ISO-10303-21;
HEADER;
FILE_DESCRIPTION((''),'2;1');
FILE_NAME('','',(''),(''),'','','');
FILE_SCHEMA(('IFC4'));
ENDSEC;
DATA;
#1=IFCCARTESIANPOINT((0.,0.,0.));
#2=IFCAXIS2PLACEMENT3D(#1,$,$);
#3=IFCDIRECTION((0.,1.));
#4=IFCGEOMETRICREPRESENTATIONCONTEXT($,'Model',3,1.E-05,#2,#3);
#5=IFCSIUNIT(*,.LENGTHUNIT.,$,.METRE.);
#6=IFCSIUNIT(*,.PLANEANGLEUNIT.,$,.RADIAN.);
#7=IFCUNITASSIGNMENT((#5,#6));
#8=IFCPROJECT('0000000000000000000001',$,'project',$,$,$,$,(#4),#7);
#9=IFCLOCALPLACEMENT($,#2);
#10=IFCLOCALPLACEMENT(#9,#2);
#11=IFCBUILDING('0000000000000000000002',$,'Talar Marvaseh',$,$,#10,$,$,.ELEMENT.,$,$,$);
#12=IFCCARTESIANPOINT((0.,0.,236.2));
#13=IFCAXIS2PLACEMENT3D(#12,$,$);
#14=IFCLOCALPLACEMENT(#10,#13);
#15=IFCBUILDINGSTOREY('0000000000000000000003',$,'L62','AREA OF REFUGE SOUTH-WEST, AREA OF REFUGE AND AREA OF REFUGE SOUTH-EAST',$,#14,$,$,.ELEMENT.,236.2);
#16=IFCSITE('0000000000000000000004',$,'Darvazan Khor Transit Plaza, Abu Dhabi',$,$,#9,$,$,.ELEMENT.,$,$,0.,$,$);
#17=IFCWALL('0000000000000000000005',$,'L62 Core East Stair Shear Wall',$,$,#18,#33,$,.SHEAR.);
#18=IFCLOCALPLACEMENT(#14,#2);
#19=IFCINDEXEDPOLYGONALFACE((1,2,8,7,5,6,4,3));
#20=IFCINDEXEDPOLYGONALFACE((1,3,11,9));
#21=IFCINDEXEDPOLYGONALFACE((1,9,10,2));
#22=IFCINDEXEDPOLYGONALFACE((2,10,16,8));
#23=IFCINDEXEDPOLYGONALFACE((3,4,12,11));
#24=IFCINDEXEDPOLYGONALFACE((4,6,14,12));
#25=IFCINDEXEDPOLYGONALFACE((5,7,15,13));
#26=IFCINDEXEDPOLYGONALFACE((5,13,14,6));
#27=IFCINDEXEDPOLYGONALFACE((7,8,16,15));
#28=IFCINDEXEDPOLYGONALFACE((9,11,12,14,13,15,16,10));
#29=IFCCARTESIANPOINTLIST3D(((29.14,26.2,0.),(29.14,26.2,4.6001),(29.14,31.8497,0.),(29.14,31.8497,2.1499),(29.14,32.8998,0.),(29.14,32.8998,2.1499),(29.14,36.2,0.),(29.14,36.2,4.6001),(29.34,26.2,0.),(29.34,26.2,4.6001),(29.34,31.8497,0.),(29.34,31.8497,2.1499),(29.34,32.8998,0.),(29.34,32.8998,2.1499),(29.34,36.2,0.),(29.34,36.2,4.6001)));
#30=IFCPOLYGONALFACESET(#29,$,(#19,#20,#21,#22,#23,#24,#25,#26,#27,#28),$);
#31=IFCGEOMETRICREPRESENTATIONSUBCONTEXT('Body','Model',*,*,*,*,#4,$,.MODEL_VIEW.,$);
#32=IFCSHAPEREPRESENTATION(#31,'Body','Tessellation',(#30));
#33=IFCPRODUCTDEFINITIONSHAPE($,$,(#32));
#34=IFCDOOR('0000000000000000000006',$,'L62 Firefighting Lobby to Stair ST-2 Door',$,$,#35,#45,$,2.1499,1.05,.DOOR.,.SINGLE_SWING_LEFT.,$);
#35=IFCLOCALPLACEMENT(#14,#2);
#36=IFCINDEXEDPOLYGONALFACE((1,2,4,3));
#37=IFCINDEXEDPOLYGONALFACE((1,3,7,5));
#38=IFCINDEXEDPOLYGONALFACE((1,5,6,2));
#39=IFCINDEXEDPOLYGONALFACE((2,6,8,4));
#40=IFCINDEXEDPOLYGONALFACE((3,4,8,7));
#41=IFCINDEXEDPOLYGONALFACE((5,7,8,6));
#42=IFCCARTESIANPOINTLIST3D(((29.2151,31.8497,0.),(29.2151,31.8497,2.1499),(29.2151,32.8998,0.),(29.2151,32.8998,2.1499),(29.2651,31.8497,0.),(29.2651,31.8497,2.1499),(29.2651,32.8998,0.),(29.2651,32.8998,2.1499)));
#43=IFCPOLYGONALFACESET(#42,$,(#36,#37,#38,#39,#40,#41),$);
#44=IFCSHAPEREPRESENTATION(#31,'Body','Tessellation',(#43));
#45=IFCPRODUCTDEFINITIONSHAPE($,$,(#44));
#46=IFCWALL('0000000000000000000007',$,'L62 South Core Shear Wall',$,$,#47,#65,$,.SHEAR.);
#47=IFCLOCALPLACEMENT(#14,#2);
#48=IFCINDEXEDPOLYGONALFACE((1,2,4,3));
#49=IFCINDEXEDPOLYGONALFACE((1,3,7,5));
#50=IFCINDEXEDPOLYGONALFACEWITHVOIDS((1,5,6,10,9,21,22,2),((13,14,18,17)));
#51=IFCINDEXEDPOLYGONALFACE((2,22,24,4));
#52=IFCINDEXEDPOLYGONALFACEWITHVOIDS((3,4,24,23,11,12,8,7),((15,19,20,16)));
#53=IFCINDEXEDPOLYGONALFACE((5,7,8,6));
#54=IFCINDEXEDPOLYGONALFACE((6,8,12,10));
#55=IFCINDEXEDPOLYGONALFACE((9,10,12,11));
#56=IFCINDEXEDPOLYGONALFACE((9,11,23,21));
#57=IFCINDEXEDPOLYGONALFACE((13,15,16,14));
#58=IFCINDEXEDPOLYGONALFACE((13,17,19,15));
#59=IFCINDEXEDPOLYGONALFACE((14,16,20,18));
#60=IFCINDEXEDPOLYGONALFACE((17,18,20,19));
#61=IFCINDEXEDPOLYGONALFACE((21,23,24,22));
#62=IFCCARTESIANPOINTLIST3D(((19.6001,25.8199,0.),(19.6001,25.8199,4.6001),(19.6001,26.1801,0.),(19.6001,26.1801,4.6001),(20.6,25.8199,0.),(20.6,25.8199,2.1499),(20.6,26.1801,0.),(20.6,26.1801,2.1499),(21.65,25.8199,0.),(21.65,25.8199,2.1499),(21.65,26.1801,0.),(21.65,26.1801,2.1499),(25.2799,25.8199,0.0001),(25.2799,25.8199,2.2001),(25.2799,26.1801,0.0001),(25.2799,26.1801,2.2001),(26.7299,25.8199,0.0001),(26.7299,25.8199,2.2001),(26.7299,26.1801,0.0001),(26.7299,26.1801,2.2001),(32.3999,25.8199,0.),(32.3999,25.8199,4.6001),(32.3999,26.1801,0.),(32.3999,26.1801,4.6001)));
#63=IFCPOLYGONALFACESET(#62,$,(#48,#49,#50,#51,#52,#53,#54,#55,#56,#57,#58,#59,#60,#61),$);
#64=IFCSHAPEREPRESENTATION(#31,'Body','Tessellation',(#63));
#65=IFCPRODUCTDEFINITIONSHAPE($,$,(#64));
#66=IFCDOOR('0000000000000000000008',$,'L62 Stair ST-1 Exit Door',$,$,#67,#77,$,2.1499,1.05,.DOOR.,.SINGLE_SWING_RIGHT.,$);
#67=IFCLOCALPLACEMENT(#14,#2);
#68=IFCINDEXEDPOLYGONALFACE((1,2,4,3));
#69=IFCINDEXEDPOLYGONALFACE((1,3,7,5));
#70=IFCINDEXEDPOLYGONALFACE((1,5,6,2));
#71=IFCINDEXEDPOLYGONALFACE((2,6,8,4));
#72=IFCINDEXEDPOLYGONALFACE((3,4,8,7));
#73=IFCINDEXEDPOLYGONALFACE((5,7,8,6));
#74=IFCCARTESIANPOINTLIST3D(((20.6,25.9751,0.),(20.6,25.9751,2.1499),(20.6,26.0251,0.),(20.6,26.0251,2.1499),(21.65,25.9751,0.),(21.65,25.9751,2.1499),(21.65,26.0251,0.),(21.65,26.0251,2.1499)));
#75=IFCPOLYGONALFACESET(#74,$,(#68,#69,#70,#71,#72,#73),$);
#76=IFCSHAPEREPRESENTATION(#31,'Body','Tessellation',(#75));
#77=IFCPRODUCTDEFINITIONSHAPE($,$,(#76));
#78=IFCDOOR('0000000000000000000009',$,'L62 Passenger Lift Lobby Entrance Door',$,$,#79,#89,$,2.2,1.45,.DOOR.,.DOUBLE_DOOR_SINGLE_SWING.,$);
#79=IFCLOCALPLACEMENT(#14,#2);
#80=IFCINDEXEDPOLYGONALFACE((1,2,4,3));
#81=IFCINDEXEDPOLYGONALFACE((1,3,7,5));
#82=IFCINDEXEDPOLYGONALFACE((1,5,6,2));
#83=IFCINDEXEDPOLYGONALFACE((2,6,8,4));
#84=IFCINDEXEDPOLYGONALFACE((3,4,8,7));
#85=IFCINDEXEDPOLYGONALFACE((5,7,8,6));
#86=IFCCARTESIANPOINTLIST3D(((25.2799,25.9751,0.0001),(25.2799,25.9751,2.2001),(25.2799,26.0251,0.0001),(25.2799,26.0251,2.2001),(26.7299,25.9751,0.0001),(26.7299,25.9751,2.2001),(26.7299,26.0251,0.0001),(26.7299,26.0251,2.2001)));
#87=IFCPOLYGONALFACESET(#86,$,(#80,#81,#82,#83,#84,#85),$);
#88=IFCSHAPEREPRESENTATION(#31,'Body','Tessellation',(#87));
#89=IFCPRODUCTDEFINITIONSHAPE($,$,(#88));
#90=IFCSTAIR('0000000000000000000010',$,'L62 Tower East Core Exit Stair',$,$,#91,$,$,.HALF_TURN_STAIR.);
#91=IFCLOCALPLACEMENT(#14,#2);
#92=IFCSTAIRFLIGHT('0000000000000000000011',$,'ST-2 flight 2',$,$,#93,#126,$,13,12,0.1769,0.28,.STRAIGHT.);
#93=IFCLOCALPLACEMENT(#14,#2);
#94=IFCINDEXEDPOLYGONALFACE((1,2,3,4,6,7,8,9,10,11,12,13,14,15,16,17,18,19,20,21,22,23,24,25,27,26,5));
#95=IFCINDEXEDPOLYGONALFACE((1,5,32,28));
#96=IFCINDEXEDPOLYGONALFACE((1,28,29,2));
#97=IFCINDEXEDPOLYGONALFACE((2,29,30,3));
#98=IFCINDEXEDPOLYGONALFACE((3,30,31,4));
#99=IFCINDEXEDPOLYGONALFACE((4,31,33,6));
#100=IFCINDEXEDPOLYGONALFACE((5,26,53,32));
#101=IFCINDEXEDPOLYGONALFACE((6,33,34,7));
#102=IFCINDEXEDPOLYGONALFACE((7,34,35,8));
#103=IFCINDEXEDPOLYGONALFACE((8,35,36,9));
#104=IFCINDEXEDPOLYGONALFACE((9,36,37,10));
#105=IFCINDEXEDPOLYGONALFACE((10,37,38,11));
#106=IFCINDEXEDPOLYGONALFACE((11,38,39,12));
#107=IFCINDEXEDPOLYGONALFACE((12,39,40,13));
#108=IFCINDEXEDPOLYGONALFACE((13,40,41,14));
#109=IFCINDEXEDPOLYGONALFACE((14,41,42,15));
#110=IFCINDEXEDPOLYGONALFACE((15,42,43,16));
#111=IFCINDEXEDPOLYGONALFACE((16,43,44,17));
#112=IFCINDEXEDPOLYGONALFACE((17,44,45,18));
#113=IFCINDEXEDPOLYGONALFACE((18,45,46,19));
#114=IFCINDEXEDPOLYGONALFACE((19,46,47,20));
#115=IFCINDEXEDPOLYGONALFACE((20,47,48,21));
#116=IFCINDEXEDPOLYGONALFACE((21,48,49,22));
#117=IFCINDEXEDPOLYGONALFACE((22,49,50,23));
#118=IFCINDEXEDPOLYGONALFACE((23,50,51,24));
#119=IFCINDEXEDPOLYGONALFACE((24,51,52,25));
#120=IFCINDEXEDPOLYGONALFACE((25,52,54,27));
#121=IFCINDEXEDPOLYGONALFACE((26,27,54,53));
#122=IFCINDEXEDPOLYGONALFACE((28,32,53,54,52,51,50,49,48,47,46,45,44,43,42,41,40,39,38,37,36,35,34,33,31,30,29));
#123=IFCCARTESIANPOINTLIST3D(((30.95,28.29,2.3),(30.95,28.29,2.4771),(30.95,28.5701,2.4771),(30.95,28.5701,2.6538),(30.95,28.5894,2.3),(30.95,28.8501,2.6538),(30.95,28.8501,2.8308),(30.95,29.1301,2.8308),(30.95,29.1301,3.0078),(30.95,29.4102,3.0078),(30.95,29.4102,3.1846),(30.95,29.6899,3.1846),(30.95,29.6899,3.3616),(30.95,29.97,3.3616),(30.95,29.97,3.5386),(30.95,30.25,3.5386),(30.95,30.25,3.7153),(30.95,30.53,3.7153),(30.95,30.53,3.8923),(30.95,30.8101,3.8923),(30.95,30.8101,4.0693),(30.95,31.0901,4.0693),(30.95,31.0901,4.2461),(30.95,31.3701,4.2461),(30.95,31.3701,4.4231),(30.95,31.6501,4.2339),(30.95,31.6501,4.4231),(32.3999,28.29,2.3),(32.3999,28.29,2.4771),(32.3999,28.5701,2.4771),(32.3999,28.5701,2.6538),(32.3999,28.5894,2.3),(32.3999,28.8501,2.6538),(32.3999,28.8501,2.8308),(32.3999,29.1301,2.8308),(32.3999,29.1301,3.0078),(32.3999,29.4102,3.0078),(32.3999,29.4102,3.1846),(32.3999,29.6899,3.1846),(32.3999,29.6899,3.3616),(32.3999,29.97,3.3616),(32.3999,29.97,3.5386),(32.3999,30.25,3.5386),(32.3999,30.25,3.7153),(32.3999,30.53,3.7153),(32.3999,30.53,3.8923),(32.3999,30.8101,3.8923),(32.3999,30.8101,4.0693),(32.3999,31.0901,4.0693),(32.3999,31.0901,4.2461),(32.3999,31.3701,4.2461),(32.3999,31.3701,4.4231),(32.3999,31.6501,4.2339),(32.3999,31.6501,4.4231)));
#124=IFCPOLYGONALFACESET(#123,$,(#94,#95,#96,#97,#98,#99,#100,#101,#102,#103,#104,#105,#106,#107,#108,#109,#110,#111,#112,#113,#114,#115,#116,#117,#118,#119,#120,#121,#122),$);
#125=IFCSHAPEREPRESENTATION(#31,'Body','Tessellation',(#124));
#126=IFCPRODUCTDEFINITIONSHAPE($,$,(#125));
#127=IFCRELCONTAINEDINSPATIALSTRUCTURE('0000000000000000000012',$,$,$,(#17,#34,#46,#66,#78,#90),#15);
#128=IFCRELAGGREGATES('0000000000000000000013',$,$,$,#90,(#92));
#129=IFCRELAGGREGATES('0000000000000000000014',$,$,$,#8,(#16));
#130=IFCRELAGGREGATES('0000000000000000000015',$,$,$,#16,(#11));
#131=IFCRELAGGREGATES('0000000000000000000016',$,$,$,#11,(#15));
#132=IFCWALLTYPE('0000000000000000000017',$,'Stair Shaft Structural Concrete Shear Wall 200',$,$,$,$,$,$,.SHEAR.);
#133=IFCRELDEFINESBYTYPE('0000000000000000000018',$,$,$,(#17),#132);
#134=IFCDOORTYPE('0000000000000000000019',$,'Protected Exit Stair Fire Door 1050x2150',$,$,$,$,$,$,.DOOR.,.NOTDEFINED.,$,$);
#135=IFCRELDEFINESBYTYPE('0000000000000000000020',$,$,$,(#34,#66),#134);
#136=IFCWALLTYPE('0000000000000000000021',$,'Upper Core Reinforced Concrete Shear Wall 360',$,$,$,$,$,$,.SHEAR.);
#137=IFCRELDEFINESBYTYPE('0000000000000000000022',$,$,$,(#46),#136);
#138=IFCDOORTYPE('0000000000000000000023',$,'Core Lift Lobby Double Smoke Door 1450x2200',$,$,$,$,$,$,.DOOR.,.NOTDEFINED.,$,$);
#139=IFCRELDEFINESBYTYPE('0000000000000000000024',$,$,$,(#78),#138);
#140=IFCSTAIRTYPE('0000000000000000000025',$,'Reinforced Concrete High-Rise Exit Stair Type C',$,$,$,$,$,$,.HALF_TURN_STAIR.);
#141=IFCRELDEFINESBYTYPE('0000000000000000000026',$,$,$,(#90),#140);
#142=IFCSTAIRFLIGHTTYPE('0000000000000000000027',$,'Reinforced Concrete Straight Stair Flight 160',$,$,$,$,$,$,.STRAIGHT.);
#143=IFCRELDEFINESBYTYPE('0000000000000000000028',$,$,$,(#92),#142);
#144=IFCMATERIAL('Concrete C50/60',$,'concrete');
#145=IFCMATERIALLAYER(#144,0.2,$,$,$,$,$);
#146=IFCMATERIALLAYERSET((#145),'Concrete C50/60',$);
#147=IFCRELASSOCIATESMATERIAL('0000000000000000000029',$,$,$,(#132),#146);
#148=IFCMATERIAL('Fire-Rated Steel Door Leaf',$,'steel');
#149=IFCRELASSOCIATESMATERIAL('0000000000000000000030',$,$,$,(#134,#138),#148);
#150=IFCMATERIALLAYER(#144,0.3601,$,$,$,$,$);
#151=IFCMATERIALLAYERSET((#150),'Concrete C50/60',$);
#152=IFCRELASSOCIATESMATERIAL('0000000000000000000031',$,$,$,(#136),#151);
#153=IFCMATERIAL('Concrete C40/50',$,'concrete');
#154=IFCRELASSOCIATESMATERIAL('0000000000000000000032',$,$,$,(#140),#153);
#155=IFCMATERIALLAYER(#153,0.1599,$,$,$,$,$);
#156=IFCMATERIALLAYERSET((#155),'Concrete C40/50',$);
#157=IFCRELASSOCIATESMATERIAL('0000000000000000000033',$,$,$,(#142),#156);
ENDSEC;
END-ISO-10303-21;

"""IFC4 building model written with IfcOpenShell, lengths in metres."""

from ifc_helpers import new_model, si_unit, direction, frame, frame_2d, origin, place, context, subcontext, project, spatial, polyline, rectangle, outline, extrude, source, transform, mapped, material, layer, layer_set, type_object, type_shapes, element, fill, aggregate, save


model = new_model("IFC4")

# Units and contexts
model_context = context("Model", 3, precision=1e-05, world=origin(), true_north=direction((0.0, 1.0)))
body_context = subcontext(model_context, "Body", "Model", "MODEL_VIEW")
ifc_project = project(units=[si_unit("LENGTHUNIT", "METRE"), si_unit("PLANEANGLEUNIT", "RADIAN")], contexts=[model_context])

# Site, building, storey
site_placement = place(None, origin())
site = spatial("IfcSite", under=ifc_project, at=site_placement, Name="Darvazan Khor Transit Plaza, Abu Dhabi", CompositionType="ELEMENT", RefElevation=0.0)
building_placement = place(site_placement, origin())
building = spatial("IfcBuilding", under=site, at=building_placement, Name="Talar Marvaseh", CompositionType="ELEMENT")
storey_placement = place(building_placement, frame((0.0, 0.0, 236.2)))
storey = spatial("IfcBuildingStorey", under=building, at=storey_placement, Name="L62", Description="AREA OF REFUGE SOUTH-WEST, AREA OF REFUGE AND AREA OF REFUGE SOUTH-EAST", CompositionType="ELEMENT", Elevation=236.2)

# Shared definitions
ifc_material_1 = material(Name="Concrete C40/50", Category="concrete")

# Shared definitions
ifc_material_2 = material(Name="Concrete C50/60", Category="concrete")
ifc_layer_1 = layer(ifc_material_2, 0.2)
ifc_layer_set_1 = layer_set([ifc_layer_1], Name="Concrete C50/60")
wall_type_1 = type_object("IfcWallType", Name="Stair Shaft Structural Concrete Shear Wall 200", PredefinedType="SHEAR", material=ifc_layer_set_1)

# Wall, opening, door
wall_1_placement = place(storey_placement, frame((29.24, 26.2, 0.0), z_axis=(0.0, 0.0, 1.0), x_axis=(0.0, 1.0, 0.0)))
wall_1 = element("IfcWall", 1, at=wall_1_placement, inside=storey, type_object=wall_type_1, Name="L62 Core East Stair Shear Wall", PredefinedType="SHEAR", context=body_context, shape_type="SweptSolid", body=[
    extrude(rectangle(XDim=10.0, YDim=0.2, at=frame_2d((5.0, 0.0))), origin(), (0.0, 0.0, 1.0), 4.6001),
])
opening_1_placement = place(wall_1_placement, frame((5.6499, 0.0, 0.0)))
opening_1 = element("IfcOpeningElement", 2, at=opening_1_placement, cuts=wall_1, PredefinedType="OPENING", context=body_context, shape_type="SweptSolid", body=[
    extrude(rectangle(XDim=1.05, YDim=2.1499, at=frame_2d((0.5249, 1.075))), frame((0.0, 0.1099, 0.0), z_axis=(0.0, -1.0, 0.0), x_axis=(1.0, 0.0, 0.0)), (0.0, 0.0, 1.0), 0.22),
])
ifc_material_3 = material(Name="Fire-Rated Steel Door Leaf", Category="steel")
door_type_1 = type_object("IfcDoorType", Name="Protected Exit Stair Fire Door 1050x2150", OperationType="NOTDEFINED", PredefinedType="DOOR", material=ifc_material_3)
shared_shape_1 = source(origin(), body_context, "Body", "SweptSolid", [
    extrude(rectangle(XDim=1.05, YDim=2.1499, at=frame_2d((0.5249, 1.075))), frame((0.0, 0.0249, 0.0), z_axis=(0.0, -1.0, 0.0), x_axis=(1.0, 0.0, 0.0)), (0.0, 0.0, 1.0), 0.05),
])
type_shapes(door_type_1, [shared_shape_1])
door_1_placement = place(opening_1_placement, origin())
door_1 = element("IfcDoor", 3, at=door_1_placement, inside=storey, type_object=door_type_1, Name="L62 Firefighting Lobby to Stair ST-2 Door", OperationType="SINGLE_SWING_LEFT", OverallHeight=2.1499, OverallWidth=1.05, PredefinedType="DOOR", context=body_context, shape_type="MappedRepresentation", body=[
    mapped(shared_shape_1, transform((0.0, 0.0, 0.0), x_axis=(1.0, 0.0, 0.0), y_axis=(0.0, 1.0, 0.0), z_axis=(0.0, 0.0, 1.0), scale=1.0)),
])
fill(opening_1, door_1)

# Wall, openings, doors
ifc_layer_2 = layer(ifc_material_2, 0.3601)
ifc_layer_set_2 = layer_set([ifc_layer_2], Name="Concrete C50/60")
wall_type_2 = type_object("IfcWallType", Name="Upper Core Reinforced Concrete Shear Wall 360", PredefinedType="SHEAR", material=ifc_layer_set_2)
wall_2_placement = place(storey_placement, frame((32.3999, 26.0, 0.0), z_axis=(0.0, 0.0, 1.0), x_axis=(-1.0, 0.0, 0.0)))
wall_2 = element("IfcWall", 4, at=wall_2_placement, inside=storey, type_object=wall_type_2, Name="L62 South Core Shear Wall", PredefinedType="SHEAR", context=body_context, shape_type="SweptSolid", body=[
    extrude(rectangle(XDim=12.7998, YDim=0.3601, at=frame_2d((6.3999, 0.0))), origin(), (0.0, 0.0, 1.0), 4.6001),
])
opening_2_placement = place(wall_2_placement, frame((10.75, 0.0, 0.0)))
opening_2 = element("IfcOpeningElement", 5, at=opening_2_placement, cuts=wall_2, PredefinedType="OPENING", context=body_context, shape_type="SweptSolid", body=[
    extrude(rectangle(XDim=1.05, YDim=2.1499, at=frame_2d((0.5249, 1.075))), frame((0.0, 0.1899, 0.0), z_axis=(0.0, -1.0, 0.0), x_axis=(1.0, 0.0, 0.0)), (0.0, 0.0, 1.0), 0.3801),
])
opening_3_placement = place(wall_2_placement, frame((5.6699, 0.0, 0.0)))
opening_3 = element("IfcOpeningElement", 6, at=opening_3_placement, cuts=wall_2, PredefinedType="OPENING", context=body_context, shape_type="SweptSolid", body=[
    extrude(rectangle(XDim=1.45, YDim=2.2, at=frame_2d((0.7251, 1.1001))), frame((0.0, 0.1899, 0.0), z_axis=(0.0, -1.0, 0.0), x_axis=(1.0, 0.0, 0.0)), (0.0, 0.0, 1.0), 0.3801),
])
door_2_placement = place(opening_2_placement, origin())
door_2 = element("IfcDoor", 7, at=door_2_placement, inside=storey, type_object=door_type_1, Name="L62 Stair ST-1 Exit Door", OperationType="SINGLE_SWING_RIGHT", OverallHeight=2.1499, OverallWidth=1.05, PredefinedType="DOOR", context=body_context, shape_type="MappedRepresentation", body=[
    mapped(shared_shape_1, transform((0.0, 0.0, 0.0), x_axis=(1.0, 0.0, 0.0), y_axis=(0.0, 1.0, 0.0), z_axis=(0.0, 0.0, 1.0), scale=1.0)),
])
fill(opening_2, door_2)
door_type_2 = type_object("IfcDoorType", Name="Core Lift Lobby Double Smoke Door 1450x2200", OperationType="NOTDEFINED", PredefinedType="DOOR", material=ifc_material_3)
shared_shape_2 = source(origin(), body_context, "Body", "SweptSolid", [
    extrude(rectangle(XDim=1.45, YDim=2.2, at=frame_2d((0.7251, 1.1001))), frame((0.0, 0.0249, 0.0), z_axis=(0.0, -1.0, 0.0), x_axis=(1.0, 0.0, 0.0)), (0.0, 0.0, 1.0), 0.05),
])
type_shapes(door_type_2, [shared_shape_2])
door_3_placement = place(opening_3_placement, origin())
door_3 = element("IfcDoor", 8, at=door_3_placement, inside=storey, type_object=door_type_2, Name="L62 Passenger Lift Lobby Entrance Door", OperationType="DOUBLE_DOOR_SINGLE_SWING", OverallHeight=2.2, OverallWidth=1.45, PredefinedType="DOOR", context=body_context, shape_type="MappedRepresentation", body=[
    mapped(shared_shape_2, transform((0.0, 0.0, 0.0), x_axis=(1.0, 0.0, 0.0), y_axis=(0.0, 1.0, 0.0), z_axis=(0.0, 0.0, 1.0), scale=1.0)),
])
fill(opening_3, door_3)

# Stair, stair flight
stair_type = type_object("IfcStairType", Name="Reinforced Concrete High-Rise Exit Stair Type C", PredefinedType="HALF_TURN_STAIR", material=ifc_material_1)
stair_placement = place(storey_placement, origin())
stair = element("IfcStair", 9, at=stair_placement, inside=storey, type_object=stair_type, Name="L62 Tower East Core Exit Stair", PredefinedType="HALF_TURN_STAIR")
ifc_layer_3 = layer(ifc_material_1, 0.1599)
ifc_layer_set_3 = layer_set([ifc_layer_3], Name="Concrete C40/50")
stair_flight_type = type_object("IfcStairFlightType", Name="Reinforced Concrete Straight Stair Flight 160", PredefinedType="STRAIGHT", material=ifc_layer_set_3)
stair_flight_placement = place(storey_placement, frame((31.675, 28.29, 2.3), z_axis=(0.0, 0.0, 1.0), x_axis=(0.0, 1.0, 0.0)))
stair_flight = element("IfcStairFlight", 10, at=stair_flight_placement, type_object=stair_flight_type, Name="ST-2 flight 2", NumberOfRisers=13, NumberOfTreads=12, PredefinedType="STRAIGHT", RiserHeight=0.1769, TreadLength=0.28, context=body_context, shape_type="SweptSolid", body=[
    extrude(outline(polyline([(0.0, 0.0), (0.0, 0.177), (0.28, 0.177), (0.28, 0.3538), (0.5601, 0.3538), (0.5601, 0.5308), (0.8401, 0.5308), (0.8401, 0.7078), (1.1201, 0.7078), (1.1201, 0.8845), (1.3999, 0.8845), (1.3999, 1.0615), (1.6799, 1.0615), (1.6799, 1.2385), (1.96, 1.2385), (1.96, 1.4153), (2.24, 1.4153), (2.24, 1.5923), (2.52, 1.5923), (2.52, 1.7693), (2.8, 1.7693), (2.8, 1.946), (3.0801, 1.946), (3.0801, 2.123), (3.3601, 2.123), (3.3601, 2.3), (3.3601, 1.9338), (0.2993, 0.0), (0.0, 0.0)])), frame((0.0, 0.7251, 0.0), z_axis=(0.0, -1.0, 0.0), x_axis=(1.0, 0.0, 0.0)), (0.0, 0.0, 1.0), 1.45),
])
aggregate(stair, [stair_flight])

save(model, "model.ifc")
